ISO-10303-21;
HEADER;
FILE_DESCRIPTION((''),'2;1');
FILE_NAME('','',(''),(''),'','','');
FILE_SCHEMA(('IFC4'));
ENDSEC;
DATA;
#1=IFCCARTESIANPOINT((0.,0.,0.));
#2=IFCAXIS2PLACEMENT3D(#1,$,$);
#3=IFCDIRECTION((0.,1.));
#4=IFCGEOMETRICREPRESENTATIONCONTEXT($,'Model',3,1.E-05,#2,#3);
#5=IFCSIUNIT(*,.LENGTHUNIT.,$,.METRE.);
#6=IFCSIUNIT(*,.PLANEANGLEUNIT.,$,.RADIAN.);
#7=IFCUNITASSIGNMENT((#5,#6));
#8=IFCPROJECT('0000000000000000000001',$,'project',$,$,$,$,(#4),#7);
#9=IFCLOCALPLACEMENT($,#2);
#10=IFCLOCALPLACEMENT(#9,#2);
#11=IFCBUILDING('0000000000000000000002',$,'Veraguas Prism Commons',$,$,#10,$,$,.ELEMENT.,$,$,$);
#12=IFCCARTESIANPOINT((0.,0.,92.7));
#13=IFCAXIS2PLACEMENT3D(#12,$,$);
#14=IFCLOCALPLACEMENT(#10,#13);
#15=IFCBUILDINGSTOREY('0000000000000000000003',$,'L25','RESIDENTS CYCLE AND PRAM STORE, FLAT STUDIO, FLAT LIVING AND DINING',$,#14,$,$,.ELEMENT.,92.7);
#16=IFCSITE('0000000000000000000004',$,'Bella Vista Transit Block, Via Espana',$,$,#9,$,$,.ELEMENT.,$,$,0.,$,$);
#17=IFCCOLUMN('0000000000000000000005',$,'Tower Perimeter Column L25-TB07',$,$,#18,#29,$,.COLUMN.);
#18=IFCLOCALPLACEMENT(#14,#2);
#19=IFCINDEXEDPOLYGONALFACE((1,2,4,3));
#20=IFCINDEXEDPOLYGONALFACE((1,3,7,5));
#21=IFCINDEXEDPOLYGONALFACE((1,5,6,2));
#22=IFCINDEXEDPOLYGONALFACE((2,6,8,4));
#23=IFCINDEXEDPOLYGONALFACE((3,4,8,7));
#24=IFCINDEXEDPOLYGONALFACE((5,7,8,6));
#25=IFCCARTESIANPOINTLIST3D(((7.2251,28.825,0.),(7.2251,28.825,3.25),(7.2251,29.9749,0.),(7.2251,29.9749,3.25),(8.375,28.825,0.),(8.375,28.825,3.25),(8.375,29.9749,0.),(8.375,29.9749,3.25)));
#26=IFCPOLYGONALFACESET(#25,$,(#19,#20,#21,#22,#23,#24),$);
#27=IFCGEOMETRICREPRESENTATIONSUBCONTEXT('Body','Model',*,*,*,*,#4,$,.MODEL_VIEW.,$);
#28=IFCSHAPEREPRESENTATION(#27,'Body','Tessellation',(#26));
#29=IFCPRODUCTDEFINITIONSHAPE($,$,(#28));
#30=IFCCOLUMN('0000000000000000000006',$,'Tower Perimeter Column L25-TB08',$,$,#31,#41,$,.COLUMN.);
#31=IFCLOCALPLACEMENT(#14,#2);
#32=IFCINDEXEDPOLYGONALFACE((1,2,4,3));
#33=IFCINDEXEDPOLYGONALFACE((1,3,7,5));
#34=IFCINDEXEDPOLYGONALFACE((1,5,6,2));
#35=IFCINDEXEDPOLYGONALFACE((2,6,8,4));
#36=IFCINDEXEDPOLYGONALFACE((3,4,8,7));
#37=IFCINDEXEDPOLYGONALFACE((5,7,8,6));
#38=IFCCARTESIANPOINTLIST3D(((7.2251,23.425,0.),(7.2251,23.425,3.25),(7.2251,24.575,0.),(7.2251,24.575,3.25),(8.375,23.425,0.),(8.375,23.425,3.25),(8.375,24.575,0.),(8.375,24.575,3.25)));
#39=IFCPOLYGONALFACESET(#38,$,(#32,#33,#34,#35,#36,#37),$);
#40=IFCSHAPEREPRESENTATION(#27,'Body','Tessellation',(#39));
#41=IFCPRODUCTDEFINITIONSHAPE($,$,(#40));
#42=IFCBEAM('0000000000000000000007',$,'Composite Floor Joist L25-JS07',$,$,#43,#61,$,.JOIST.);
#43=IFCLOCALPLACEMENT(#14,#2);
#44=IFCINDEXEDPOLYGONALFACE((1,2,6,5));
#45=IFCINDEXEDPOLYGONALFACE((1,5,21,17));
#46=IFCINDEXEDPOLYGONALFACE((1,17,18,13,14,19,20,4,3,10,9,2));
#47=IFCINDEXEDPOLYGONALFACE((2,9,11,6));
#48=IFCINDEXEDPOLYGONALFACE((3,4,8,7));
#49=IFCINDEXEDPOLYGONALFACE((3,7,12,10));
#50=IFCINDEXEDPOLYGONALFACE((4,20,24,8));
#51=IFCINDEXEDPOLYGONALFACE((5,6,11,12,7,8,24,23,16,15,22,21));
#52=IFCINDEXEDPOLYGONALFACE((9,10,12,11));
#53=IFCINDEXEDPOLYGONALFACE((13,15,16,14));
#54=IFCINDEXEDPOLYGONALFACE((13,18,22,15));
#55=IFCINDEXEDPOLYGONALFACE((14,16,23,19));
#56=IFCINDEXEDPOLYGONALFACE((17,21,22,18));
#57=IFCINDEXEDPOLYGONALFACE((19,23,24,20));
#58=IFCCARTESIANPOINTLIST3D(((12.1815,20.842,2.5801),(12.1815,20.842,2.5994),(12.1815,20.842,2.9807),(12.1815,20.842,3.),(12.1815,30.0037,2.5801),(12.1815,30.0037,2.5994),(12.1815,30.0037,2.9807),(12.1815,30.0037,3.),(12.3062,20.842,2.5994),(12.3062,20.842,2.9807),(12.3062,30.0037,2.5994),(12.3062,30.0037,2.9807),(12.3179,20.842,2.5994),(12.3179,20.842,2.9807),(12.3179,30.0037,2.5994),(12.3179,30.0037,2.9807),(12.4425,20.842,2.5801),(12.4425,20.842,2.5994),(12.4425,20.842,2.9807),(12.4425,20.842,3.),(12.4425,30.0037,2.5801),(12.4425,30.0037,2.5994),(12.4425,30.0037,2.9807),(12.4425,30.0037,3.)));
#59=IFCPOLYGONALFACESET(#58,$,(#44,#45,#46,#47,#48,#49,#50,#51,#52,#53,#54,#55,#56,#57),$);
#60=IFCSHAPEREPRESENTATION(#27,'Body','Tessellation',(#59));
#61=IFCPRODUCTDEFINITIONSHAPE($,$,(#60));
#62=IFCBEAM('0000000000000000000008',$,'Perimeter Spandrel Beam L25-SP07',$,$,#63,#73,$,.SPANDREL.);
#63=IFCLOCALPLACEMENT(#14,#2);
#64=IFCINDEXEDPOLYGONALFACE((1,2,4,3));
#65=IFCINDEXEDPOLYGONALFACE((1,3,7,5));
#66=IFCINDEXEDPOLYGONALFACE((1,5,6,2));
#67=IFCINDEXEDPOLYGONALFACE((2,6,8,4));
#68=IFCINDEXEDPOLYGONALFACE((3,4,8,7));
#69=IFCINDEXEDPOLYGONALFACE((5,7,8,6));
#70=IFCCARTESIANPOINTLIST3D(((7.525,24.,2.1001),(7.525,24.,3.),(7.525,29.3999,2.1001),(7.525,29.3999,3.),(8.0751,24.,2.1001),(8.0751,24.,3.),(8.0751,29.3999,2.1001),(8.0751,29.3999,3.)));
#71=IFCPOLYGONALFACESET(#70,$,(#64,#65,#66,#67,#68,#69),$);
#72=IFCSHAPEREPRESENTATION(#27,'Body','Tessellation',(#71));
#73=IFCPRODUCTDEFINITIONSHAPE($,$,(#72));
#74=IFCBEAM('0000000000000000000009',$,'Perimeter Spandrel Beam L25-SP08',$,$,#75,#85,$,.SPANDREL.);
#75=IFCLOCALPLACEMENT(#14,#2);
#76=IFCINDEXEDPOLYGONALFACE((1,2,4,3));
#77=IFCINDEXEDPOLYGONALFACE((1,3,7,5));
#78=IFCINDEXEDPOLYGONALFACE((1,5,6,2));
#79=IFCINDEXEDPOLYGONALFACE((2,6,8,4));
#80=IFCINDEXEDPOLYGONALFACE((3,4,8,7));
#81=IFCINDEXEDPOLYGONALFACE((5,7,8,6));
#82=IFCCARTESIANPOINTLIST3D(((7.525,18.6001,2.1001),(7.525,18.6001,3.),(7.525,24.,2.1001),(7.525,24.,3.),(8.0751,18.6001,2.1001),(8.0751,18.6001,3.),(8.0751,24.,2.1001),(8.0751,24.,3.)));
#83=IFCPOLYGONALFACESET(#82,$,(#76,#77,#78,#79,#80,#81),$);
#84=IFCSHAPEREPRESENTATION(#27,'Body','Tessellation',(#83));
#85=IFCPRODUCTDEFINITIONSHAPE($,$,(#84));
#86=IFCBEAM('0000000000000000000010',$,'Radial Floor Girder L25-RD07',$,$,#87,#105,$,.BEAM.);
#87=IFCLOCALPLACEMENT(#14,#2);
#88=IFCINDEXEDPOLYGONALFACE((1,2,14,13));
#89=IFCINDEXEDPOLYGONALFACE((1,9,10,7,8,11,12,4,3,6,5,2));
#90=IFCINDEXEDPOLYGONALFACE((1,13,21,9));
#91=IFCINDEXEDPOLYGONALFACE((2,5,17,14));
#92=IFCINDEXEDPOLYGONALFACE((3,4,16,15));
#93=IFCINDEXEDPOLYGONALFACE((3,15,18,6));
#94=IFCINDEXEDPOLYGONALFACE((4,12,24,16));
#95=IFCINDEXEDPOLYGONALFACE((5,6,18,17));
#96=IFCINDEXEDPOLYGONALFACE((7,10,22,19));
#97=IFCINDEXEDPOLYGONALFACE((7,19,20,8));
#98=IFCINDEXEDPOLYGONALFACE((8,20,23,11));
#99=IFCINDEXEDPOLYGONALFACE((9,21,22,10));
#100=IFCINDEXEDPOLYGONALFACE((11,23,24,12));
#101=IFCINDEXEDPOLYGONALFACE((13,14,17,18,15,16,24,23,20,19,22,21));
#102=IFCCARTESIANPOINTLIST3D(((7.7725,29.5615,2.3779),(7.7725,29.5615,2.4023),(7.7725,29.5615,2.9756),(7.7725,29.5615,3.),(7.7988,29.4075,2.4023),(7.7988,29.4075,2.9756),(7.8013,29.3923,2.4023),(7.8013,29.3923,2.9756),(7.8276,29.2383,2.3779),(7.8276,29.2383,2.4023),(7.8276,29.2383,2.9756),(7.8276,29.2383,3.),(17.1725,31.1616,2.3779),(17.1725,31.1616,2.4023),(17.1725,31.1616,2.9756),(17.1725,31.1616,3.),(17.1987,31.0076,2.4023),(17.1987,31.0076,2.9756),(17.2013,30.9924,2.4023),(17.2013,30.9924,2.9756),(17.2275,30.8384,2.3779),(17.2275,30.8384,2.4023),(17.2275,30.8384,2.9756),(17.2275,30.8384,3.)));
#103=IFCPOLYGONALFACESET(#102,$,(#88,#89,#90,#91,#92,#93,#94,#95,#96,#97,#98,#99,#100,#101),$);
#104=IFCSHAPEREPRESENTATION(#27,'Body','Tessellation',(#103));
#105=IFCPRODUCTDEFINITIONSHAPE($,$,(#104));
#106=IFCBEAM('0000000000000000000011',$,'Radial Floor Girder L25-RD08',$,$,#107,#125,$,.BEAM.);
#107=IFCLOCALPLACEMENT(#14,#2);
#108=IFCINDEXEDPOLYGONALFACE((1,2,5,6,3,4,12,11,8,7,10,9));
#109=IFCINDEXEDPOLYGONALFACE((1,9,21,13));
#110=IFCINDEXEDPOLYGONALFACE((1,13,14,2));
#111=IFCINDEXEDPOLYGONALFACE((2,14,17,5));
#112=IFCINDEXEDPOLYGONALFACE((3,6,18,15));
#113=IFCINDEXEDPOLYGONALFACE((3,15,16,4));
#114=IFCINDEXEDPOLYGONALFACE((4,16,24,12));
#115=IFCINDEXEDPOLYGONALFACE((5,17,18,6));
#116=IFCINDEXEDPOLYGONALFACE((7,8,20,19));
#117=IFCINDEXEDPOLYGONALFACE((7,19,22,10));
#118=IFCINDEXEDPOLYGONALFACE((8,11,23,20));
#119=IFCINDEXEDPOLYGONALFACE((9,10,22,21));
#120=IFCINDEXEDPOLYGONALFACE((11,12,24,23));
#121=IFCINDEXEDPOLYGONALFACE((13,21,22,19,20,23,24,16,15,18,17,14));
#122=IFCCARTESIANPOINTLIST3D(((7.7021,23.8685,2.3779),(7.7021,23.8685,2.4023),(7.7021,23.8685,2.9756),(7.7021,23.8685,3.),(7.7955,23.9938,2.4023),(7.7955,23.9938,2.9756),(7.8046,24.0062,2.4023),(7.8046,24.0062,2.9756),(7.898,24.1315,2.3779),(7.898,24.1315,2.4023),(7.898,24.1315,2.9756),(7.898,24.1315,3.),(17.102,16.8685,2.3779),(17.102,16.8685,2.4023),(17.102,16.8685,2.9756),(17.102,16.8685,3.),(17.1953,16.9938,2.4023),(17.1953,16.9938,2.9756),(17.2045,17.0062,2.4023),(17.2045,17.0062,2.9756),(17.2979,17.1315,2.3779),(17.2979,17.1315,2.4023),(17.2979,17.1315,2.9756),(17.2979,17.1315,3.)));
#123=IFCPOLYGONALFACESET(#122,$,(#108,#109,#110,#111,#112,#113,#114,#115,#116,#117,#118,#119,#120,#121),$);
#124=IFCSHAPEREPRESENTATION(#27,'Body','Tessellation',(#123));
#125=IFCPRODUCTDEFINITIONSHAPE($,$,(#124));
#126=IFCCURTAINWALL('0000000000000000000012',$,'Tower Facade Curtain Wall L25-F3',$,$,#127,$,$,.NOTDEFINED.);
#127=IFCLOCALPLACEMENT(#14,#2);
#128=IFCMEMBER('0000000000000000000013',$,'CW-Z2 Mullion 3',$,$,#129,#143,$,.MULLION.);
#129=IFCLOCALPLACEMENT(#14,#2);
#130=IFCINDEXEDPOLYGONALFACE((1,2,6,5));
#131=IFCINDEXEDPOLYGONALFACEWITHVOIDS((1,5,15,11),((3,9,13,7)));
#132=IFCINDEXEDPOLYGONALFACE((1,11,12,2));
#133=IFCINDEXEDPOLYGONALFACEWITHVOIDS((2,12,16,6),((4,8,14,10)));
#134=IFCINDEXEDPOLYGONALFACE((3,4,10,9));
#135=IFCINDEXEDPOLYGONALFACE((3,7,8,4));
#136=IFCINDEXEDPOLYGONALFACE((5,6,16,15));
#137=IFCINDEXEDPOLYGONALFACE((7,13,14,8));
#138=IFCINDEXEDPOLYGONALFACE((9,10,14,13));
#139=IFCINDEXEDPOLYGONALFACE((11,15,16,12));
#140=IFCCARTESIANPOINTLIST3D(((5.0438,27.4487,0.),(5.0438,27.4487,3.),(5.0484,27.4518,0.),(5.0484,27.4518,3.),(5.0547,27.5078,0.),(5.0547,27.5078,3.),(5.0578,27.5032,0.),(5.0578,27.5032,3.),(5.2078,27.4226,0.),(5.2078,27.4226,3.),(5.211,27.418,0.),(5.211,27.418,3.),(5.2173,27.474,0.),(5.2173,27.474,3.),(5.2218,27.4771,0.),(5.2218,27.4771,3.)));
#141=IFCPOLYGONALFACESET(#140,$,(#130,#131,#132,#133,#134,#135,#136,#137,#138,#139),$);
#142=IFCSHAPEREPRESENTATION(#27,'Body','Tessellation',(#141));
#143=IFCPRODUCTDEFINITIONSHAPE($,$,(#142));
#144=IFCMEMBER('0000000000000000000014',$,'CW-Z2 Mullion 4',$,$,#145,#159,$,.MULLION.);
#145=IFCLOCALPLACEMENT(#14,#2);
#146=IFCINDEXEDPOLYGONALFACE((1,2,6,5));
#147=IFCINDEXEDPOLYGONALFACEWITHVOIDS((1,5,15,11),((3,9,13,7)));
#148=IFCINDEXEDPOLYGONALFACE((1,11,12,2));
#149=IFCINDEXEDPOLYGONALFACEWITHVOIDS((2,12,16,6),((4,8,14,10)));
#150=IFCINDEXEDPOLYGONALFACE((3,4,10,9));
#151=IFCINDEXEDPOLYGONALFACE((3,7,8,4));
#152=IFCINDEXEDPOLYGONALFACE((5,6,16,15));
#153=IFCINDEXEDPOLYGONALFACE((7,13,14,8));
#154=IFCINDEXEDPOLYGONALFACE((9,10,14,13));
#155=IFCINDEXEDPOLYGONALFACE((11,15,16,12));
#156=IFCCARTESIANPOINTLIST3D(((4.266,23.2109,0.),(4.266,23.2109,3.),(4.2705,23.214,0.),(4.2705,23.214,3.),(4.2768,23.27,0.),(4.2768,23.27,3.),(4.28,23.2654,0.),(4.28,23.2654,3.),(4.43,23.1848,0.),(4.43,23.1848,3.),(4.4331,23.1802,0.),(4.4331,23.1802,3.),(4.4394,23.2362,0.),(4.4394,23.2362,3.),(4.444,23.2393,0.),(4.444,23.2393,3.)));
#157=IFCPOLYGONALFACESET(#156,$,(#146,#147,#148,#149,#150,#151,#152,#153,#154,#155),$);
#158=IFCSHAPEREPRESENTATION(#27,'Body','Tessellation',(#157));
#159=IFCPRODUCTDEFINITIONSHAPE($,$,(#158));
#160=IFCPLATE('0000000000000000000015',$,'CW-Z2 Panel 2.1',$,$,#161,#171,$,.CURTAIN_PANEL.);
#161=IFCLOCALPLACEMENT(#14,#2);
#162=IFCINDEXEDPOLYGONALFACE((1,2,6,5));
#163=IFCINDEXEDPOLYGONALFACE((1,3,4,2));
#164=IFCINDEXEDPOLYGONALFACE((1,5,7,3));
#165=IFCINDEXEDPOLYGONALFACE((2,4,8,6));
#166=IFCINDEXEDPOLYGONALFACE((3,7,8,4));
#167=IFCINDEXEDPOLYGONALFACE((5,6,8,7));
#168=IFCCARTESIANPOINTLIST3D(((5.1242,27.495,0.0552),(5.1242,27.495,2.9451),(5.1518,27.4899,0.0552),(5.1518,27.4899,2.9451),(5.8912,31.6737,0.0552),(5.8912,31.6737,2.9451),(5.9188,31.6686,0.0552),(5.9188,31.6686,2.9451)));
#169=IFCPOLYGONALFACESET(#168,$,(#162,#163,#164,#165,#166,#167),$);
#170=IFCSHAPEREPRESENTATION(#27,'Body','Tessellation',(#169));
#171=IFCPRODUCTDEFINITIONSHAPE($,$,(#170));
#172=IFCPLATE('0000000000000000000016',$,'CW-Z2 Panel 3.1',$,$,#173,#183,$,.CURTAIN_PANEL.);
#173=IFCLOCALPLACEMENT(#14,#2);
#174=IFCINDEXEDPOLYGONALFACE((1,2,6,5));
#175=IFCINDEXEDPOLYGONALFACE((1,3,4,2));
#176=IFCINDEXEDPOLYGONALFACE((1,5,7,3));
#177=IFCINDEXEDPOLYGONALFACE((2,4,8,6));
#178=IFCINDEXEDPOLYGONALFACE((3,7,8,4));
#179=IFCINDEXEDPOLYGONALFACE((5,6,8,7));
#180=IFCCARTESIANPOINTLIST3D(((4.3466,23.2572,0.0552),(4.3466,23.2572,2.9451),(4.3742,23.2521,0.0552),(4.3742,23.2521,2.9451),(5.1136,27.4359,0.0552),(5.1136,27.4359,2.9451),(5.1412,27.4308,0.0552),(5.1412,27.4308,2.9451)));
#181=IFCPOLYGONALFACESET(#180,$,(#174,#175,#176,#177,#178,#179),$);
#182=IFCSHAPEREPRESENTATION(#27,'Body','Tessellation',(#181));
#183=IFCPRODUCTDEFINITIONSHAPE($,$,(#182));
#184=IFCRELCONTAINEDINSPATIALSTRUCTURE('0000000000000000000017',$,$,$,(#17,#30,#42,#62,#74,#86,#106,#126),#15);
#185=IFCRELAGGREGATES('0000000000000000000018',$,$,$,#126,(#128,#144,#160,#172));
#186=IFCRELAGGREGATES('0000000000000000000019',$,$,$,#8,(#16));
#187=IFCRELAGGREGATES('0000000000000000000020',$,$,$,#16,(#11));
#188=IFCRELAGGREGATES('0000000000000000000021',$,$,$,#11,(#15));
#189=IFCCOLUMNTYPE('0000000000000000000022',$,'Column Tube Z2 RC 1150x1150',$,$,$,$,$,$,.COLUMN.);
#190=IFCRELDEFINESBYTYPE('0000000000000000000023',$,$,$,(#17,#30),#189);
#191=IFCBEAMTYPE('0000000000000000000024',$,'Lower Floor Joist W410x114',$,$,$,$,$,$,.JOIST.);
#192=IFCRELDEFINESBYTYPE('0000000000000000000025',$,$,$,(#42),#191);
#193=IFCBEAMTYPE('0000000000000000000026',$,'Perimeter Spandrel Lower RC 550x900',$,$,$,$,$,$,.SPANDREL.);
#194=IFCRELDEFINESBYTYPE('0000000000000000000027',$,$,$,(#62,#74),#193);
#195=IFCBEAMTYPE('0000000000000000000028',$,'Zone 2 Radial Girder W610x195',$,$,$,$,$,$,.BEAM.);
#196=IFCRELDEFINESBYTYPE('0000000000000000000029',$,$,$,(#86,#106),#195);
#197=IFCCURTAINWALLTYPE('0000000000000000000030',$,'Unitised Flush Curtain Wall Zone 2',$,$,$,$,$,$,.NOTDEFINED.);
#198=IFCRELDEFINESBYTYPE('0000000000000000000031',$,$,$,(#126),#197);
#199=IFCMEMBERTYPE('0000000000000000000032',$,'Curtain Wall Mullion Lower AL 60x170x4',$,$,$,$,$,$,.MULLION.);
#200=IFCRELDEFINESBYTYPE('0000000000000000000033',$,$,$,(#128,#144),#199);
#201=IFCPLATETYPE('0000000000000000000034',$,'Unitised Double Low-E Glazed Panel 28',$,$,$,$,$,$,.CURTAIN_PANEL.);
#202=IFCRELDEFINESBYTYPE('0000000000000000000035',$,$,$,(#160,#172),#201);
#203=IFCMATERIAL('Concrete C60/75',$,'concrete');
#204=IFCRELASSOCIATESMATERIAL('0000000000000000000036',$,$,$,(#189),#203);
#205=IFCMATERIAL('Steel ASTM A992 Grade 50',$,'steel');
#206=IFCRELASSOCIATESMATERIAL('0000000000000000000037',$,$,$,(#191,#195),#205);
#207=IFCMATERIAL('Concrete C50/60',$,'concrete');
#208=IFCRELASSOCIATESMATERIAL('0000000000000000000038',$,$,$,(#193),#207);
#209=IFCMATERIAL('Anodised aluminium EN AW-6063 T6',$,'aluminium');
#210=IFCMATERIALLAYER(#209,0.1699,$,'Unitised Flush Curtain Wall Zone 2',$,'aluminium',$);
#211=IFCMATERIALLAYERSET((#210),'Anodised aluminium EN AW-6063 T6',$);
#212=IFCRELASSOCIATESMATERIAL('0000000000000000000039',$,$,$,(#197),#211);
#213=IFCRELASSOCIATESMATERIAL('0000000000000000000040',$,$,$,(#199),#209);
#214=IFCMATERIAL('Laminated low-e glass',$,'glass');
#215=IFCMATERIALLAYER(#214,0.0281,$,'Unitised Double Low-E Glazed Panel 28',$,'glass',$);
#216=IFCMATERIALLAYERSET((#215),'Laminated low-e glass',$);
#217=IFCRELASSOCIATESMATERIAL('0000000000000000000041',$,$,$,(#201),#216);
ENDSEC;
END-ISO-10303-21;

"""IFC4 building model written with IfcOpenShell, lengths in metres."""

from ifc_helpers import new_model, si_unit, direction, frame, origin, origin_2d, place, context, subcontext, project, spatial, rectangle, hollow_rectangle, i_section, extrude, source, transform, mapped, material, layer, layer_set, material_profile, profile_set, type_object, element, aggregate, save


model = new_model("IFC4")

# Units and contexts
model_context = context("Model", 3, precision=1e-05, world=origin(), true_north=direction((0.0, 1.0)))
body_context = subcontext(model_context, "Body", "Model", "MODEL_VIEW")
ifc_project = project(units=[si_unit("LENGTHUNIT", "METRE"), si_unit("PLANEANGLEUNIT", "RADIAN")], contexts=[model_context])

# Site, building, storey
site_placement = place(None, origin())
site = spatial("IfcSite", under=ifc_project, at=site_placement, Name="Bella Vista Transit Block, Via Espana", CompositionType="ELEMENT", RefElevation=0.0)
building_placement = place(site_placement, origin())
building = spatial("IfcBuilding", under=site, at=building_placement, Name="Veraguas Prism Commons", CompositionType="ELEMENT")
storey_placement = place(building_placement, frame((0.0, 0.0, 92.7)))
storey = spatial("IfcBuildingStorey", under=building, at=storey_placement, Name="L25", Description="RESIDENTS CYCLE AND PRAM STORE, FLAT STUDIO, FLAT LIVING AND DINING", CompositionType="ELEMENT", Elevation=92.7)

# Columns
ifc_material_1 = material(Name="Concrete C60/75", Category="concrete")
ifc_material_profile_1 = material_profile(ifc_material_1, rectangle(XDim=1.1499, YDim=1.1499, at=origin_2d()), Name="RC1150X1150")
ifc_profile_set_1 = profile_set([ifc_material_profile_1], Name="Concrete C60/75")
column_type = type_object("IfcColumnType", Name="Column Tube Z2 RC 1150x1150", PredefinedType="COLUMN", material=ifc_profile_set_1)
for number, where, z_axis, x_axis, name in (
    (1, (7.8, 29.3999, 0.0), (0.0, 0.0, 1.0), (1.0, 0.0, 0.0), "Tower Perimeter Column L25-TB07"),
    (2, (7.8, 24.0, 0.0), (0.0, 0.0, 1.0), (1.0, 0.0, 0.0), "Tower Perimeter Column L25-TB08"),
):
    element("IfcColumn", number, at=place(storey_placement, frame(where, z_axis=z_axis, x_axis=x_axis)), inside=storey, type_object=column_type, Name=name, PredefinedType="COLUMN", context=body_context, shape_type="SweptSolid", body=[
        extrude(rectangle(XDim=1.1499, YDim=1.1499, at=origin_2d()), origin(), (0.0, 0.0, 1.0), 3.25),
    ])

# Beams
ifc_material_2 = material(Name="Steel ASTM A992 Grade 50", Category="steel")
ifc_material_profile_2 = material_profile(ifc_material_2, i_section(OverallWidth=0.261, OverallDepth=0.4199, WebThickness=0.0117, FlangeThickness=0.0193, at=origin_2d()), Name="W410X114")
ifc_profile_set_2 = profile_set([ifc_material_profile_2], Name="Steel ASTM A992 Grade 50")
beam_type_1 = type_object("IfcBeamType", Name="Lower Floor Joist W410x114", PredefinedType="JOIST", material=ifc_profile_set_2)
beam_1_placement = place(storey_placement, frame((12.312, 30.0037, 2.79), z_axis=(0.0, -1.0, 0.0), x_axis=(1.0, 0.0, 0.0)))
element("IfcBeam", 3, at=beam_1_placement, inside=storey, type_object=beam_type_1, Name="Composite Floor Joist L25-JS07", PredefinedType="JOIST", context=body_context, shape_type="SweptSolid", body=[
    extrude(i_section(OverallWidth=0.261, OverallDepth=0.4199, WebThickness=0.0117, FlangeThickness=0.0193, at=origin_2d()), origin(), (0.0, 0.0, 1.0), 9.1616),
])
ifc_material_3 = material(Name="Concrete C50/60", Category="concrete")
ifc_material_profile_3 = material_profile(ifc_material_3, rectangle(XDim=0.55, YDim=0.8999, at=origin_2d()), Name="RC550X900")
ifc_profile_set_3 = profile_set([ifc_material_profile_3], Name="Concrete C50/60")
beam_type_2 = type_object("IfcBeamType", Name="Perimeter Spandrel Lower RC 550x900", PredefinedType="SPANDREL", material=ifc_profile_set_3)
for number, where, z_axis, x_axis, name in (
    (4, (7.8, 29.3999, 2.55), (0.0, -1.0, 0.0), (1.0, 0.0, 0.0), "Perimeter Spandrel Beam L25-SP07"),
    (5, (7.8, 24.0, 2.55), (0.0, -1.0, 0.0), (1.0, 0.0, 0.0), "Perimeter Spandrel Beam L25-SP08"),
):
    element("IfcBeam", number, at=place(storey_placement, frame(where, z_axis=z_axis, x_axis=x_axis)), inside=storey, type_object=beam_type_2, Name=name, PredefinedType="SPANDREL", context=body_context, shape_type="SweptSolid", body=[
        extrude(rectangle(XDim=0.55, YDim=0.8999, at=origin_2d()), origin(), (0.0, 0.0, 1.0), 5.3999),
    ])
ifc_material_profile_4 = material_profile(ifc_material_2, i_section(OverallWidth=0.3279, OverallDepth=0.6221, WebThickness=0.0154, FlangeThickness=0.0244, at=origin_2d()), Name="W610X195")
ifc_profile_set_4 = profile_set([ifc_material_profile_4], Name="Steel ASTM A992 Grade 50")
beam_type_3 = type_object("IfcBeamType", Name="Zone 2 Radial Girder W610x195", PredefinedType="BEAM", material=ifc_profile_set_4)
beam_2_placement = place(storey_placement, frame((7.8, 29.3999, 2.689), z_axis=(0.985819, 0.167811, 0.0), x_axis=(-0.167811, 0.985819, 0.0)))
element("IfcBeam", 6, at=beam_2_placement, inside=storey, type_object=beam_type_3, Name="Radial Floor Girder L25-RD07", PredefinedType="BEAM", context=body_context, shape_type="SweptSolid", body=[
    extrude(i_section(OverallWidth=0.3279, OverallDepth=0.6221, WebThickness=0.0154, FlangeThickness=0.0244, at=origin_2d()), origin(), (0.0, 0.0, 1.0), 9.5352),
])
beam_3_placement = place(storey_placement, frame((7.8, 24.0, 2.689), z_axis=(0.80204, -0.59727, 0.0), x_axis=(0.59727, 0.80204, 0.0)))
element("IfcBeam", 7, at=beam_3_placement, inside=storey, type_object=beam_type_3, Name="Radial Floor Girder L25-RD08", PredefinedType="BEAM", context=body_context, shape_type="SweptSolid", body=[
    extrude(i_section(OverallWidth=0.3279, OverallDepth=0.6221, WebThickness=0.0154, FlangeThickness=0.0244, at=origin_2d()), origin(), (0.0, 0.0, 1.0), 11.72),
])

# Curtain wall, members, plates
ifc_material_4 = material(Name="Anodised aluminium EN AW-6063 T6", Category="aluminium")
ifc_layer_1 = layer(ifc_material_4, 0.1699, Name="Unitised Flush Curtain Wall Zone 2", Category="aluminium")
ifc_layer_set_1 = layer_set([ifc_layer_1], Name="Anodised aluminium EN AW-6063 T6")
curtain_wall_type = type_object("IfcCurtainWallType", Name="Unitised Flush Curtain Wall Zone 2", PredefinedType="NOTDEFINED", material=ifc_layer_set_1)
curtain_wall_placement = place(storey_placement, origin())
curtain_wall = element("IfcCurtainWall", 8, at=curtain_wall_placement, inside=storey, type_object=curtain_wall_type, Name="Tower Facade Curtain Wall L25-F3", PredefinedType="NOTDEFINED")
ifc_material_profile_5 = material_profile(ifc_material_4, hollow_rectangle(XDim=0.0601, YDim=0.1699, WallThickness=0.0039, at=origin_2d()), Name="AL60X170X4")
ifc_profile_set_5 = profile_set([ifc_material_profile_5], Name="Anodised aluminium EN AW-6063 T6")
member_type = type_object("IfcMemberType", Name="Curtain Wall Mullion Lower AL 60x170x4", PredefinedType="MULLION", material=ifc_profile_set_5)
shared_shape_1 = source(origin(), body_context, "Body", "SweptSolid", [
    extrude(hollow_rectangle(XDim=0.0601, YDim=0.1699, WallThickness=0.0039, at=origin_2d()), origin(), (0.0, 0.0, 1.0), 3.0),
])
member_1_placement = place(storey_placement, frame((5.1328, 27.4629, 0.0), z_axis=(0.0, 0.0, 1.0), x_axis=(-0.180523, -0.983571, 0.0)))
member_1 = element("IfcMember", 9, at=member_1_placement, type_object=member_type, Name="CW-Z2 Mullion 3", PredefinedType="MULLION", context=body_context, shape_type="MappedRepresentation", body=[
    mapped(shared_shape_1, transform((0.0, 0.0, 0.0), scale=1.0)),
])
member_2_placement = place(storey_placement, frame((4.355, 23.2251, 0.0), z_axis=(0.0, 0.0, 1.0), x_axis=(-0.180523, -0.983571, 0.0)))
member_2 = element("IfcMember", 10, at=member_2_placement, type_object=member_type, Name="CW-Z2 Mullion 4", PredefinedType="MULLION", context=body_context, shape_type="MappedRepresentation", body=[
    mapped(shared_shape_1, transform((0.0, 0.0, 0.0), scale=1.0)),
])
ifc_material_5 = material(Name="Laminated low-e glass", Category="glass")
ifc_layer_2 = layer(ifc_material_5, 0.0281, Name="Unitised Double Low-E Glazed Panel 28", Category="glass")
ifc_layer_set_2 = layer_set([ifc_layer_2], Name="Laminated low-e glass")
plate_type = type_object("IfcPlateType", Name="Unitised Double Low-E Glazed Panel 28", PredefinedType="CURTAIN_PANEL", material=ifc_layer_set_2)
shared_shape_2 = source(origin(), body_context, "Body", "SweptSolid", [
    extrude(rectangle(XDim=4.2485, YDim=0.0281, at=origin_2d()), origin(), (0.0, 0.0, 1.0), 2.8899),
])
plate_1_placement = place(storey_placement, frame((5.5215, 29.5818, 0.0552), z_axis=(0.0, 0.0, 1.0), x_axis=(-0.180523, -0.983571, 0.0)))
plate_1 = element("IfcPlate", 11, at=plate_1_placement, type_object=plate_type, Name="CW-Z2 Panel 2.1", PredefinedType="CURTAIN_PANEL", context=body_context, shape_type="MappedRepresentation", body=[
    mapped(shared_shape_2, transform((0.0, 0.0, 0.0), scale=1.0)),
])
plate_2_placement = place(storey_placement, frame((4.7439, 25.344, 0.0552), z_axis=(0.0, 0.0, 1.0), x_axis=(-0.180523, -0.983571, 0.0)))
plate_2 = element("IfcPlate", 12, at=plate_2_placement, type_object=plate_type, Name="CW-Z2 Panel 3.1", PredefinedType="CURTAIN_PANEL", context=body_context, shape_type="MappedRepresentation", body=[
    mapped(shared_shape_2, transform((0.0, 0.0, 0.0), scale=1.0)),
])
aggregate(curtain_wall, [member_1, member_2, plate_1, plate_2])

save(model, "model.ifc")
